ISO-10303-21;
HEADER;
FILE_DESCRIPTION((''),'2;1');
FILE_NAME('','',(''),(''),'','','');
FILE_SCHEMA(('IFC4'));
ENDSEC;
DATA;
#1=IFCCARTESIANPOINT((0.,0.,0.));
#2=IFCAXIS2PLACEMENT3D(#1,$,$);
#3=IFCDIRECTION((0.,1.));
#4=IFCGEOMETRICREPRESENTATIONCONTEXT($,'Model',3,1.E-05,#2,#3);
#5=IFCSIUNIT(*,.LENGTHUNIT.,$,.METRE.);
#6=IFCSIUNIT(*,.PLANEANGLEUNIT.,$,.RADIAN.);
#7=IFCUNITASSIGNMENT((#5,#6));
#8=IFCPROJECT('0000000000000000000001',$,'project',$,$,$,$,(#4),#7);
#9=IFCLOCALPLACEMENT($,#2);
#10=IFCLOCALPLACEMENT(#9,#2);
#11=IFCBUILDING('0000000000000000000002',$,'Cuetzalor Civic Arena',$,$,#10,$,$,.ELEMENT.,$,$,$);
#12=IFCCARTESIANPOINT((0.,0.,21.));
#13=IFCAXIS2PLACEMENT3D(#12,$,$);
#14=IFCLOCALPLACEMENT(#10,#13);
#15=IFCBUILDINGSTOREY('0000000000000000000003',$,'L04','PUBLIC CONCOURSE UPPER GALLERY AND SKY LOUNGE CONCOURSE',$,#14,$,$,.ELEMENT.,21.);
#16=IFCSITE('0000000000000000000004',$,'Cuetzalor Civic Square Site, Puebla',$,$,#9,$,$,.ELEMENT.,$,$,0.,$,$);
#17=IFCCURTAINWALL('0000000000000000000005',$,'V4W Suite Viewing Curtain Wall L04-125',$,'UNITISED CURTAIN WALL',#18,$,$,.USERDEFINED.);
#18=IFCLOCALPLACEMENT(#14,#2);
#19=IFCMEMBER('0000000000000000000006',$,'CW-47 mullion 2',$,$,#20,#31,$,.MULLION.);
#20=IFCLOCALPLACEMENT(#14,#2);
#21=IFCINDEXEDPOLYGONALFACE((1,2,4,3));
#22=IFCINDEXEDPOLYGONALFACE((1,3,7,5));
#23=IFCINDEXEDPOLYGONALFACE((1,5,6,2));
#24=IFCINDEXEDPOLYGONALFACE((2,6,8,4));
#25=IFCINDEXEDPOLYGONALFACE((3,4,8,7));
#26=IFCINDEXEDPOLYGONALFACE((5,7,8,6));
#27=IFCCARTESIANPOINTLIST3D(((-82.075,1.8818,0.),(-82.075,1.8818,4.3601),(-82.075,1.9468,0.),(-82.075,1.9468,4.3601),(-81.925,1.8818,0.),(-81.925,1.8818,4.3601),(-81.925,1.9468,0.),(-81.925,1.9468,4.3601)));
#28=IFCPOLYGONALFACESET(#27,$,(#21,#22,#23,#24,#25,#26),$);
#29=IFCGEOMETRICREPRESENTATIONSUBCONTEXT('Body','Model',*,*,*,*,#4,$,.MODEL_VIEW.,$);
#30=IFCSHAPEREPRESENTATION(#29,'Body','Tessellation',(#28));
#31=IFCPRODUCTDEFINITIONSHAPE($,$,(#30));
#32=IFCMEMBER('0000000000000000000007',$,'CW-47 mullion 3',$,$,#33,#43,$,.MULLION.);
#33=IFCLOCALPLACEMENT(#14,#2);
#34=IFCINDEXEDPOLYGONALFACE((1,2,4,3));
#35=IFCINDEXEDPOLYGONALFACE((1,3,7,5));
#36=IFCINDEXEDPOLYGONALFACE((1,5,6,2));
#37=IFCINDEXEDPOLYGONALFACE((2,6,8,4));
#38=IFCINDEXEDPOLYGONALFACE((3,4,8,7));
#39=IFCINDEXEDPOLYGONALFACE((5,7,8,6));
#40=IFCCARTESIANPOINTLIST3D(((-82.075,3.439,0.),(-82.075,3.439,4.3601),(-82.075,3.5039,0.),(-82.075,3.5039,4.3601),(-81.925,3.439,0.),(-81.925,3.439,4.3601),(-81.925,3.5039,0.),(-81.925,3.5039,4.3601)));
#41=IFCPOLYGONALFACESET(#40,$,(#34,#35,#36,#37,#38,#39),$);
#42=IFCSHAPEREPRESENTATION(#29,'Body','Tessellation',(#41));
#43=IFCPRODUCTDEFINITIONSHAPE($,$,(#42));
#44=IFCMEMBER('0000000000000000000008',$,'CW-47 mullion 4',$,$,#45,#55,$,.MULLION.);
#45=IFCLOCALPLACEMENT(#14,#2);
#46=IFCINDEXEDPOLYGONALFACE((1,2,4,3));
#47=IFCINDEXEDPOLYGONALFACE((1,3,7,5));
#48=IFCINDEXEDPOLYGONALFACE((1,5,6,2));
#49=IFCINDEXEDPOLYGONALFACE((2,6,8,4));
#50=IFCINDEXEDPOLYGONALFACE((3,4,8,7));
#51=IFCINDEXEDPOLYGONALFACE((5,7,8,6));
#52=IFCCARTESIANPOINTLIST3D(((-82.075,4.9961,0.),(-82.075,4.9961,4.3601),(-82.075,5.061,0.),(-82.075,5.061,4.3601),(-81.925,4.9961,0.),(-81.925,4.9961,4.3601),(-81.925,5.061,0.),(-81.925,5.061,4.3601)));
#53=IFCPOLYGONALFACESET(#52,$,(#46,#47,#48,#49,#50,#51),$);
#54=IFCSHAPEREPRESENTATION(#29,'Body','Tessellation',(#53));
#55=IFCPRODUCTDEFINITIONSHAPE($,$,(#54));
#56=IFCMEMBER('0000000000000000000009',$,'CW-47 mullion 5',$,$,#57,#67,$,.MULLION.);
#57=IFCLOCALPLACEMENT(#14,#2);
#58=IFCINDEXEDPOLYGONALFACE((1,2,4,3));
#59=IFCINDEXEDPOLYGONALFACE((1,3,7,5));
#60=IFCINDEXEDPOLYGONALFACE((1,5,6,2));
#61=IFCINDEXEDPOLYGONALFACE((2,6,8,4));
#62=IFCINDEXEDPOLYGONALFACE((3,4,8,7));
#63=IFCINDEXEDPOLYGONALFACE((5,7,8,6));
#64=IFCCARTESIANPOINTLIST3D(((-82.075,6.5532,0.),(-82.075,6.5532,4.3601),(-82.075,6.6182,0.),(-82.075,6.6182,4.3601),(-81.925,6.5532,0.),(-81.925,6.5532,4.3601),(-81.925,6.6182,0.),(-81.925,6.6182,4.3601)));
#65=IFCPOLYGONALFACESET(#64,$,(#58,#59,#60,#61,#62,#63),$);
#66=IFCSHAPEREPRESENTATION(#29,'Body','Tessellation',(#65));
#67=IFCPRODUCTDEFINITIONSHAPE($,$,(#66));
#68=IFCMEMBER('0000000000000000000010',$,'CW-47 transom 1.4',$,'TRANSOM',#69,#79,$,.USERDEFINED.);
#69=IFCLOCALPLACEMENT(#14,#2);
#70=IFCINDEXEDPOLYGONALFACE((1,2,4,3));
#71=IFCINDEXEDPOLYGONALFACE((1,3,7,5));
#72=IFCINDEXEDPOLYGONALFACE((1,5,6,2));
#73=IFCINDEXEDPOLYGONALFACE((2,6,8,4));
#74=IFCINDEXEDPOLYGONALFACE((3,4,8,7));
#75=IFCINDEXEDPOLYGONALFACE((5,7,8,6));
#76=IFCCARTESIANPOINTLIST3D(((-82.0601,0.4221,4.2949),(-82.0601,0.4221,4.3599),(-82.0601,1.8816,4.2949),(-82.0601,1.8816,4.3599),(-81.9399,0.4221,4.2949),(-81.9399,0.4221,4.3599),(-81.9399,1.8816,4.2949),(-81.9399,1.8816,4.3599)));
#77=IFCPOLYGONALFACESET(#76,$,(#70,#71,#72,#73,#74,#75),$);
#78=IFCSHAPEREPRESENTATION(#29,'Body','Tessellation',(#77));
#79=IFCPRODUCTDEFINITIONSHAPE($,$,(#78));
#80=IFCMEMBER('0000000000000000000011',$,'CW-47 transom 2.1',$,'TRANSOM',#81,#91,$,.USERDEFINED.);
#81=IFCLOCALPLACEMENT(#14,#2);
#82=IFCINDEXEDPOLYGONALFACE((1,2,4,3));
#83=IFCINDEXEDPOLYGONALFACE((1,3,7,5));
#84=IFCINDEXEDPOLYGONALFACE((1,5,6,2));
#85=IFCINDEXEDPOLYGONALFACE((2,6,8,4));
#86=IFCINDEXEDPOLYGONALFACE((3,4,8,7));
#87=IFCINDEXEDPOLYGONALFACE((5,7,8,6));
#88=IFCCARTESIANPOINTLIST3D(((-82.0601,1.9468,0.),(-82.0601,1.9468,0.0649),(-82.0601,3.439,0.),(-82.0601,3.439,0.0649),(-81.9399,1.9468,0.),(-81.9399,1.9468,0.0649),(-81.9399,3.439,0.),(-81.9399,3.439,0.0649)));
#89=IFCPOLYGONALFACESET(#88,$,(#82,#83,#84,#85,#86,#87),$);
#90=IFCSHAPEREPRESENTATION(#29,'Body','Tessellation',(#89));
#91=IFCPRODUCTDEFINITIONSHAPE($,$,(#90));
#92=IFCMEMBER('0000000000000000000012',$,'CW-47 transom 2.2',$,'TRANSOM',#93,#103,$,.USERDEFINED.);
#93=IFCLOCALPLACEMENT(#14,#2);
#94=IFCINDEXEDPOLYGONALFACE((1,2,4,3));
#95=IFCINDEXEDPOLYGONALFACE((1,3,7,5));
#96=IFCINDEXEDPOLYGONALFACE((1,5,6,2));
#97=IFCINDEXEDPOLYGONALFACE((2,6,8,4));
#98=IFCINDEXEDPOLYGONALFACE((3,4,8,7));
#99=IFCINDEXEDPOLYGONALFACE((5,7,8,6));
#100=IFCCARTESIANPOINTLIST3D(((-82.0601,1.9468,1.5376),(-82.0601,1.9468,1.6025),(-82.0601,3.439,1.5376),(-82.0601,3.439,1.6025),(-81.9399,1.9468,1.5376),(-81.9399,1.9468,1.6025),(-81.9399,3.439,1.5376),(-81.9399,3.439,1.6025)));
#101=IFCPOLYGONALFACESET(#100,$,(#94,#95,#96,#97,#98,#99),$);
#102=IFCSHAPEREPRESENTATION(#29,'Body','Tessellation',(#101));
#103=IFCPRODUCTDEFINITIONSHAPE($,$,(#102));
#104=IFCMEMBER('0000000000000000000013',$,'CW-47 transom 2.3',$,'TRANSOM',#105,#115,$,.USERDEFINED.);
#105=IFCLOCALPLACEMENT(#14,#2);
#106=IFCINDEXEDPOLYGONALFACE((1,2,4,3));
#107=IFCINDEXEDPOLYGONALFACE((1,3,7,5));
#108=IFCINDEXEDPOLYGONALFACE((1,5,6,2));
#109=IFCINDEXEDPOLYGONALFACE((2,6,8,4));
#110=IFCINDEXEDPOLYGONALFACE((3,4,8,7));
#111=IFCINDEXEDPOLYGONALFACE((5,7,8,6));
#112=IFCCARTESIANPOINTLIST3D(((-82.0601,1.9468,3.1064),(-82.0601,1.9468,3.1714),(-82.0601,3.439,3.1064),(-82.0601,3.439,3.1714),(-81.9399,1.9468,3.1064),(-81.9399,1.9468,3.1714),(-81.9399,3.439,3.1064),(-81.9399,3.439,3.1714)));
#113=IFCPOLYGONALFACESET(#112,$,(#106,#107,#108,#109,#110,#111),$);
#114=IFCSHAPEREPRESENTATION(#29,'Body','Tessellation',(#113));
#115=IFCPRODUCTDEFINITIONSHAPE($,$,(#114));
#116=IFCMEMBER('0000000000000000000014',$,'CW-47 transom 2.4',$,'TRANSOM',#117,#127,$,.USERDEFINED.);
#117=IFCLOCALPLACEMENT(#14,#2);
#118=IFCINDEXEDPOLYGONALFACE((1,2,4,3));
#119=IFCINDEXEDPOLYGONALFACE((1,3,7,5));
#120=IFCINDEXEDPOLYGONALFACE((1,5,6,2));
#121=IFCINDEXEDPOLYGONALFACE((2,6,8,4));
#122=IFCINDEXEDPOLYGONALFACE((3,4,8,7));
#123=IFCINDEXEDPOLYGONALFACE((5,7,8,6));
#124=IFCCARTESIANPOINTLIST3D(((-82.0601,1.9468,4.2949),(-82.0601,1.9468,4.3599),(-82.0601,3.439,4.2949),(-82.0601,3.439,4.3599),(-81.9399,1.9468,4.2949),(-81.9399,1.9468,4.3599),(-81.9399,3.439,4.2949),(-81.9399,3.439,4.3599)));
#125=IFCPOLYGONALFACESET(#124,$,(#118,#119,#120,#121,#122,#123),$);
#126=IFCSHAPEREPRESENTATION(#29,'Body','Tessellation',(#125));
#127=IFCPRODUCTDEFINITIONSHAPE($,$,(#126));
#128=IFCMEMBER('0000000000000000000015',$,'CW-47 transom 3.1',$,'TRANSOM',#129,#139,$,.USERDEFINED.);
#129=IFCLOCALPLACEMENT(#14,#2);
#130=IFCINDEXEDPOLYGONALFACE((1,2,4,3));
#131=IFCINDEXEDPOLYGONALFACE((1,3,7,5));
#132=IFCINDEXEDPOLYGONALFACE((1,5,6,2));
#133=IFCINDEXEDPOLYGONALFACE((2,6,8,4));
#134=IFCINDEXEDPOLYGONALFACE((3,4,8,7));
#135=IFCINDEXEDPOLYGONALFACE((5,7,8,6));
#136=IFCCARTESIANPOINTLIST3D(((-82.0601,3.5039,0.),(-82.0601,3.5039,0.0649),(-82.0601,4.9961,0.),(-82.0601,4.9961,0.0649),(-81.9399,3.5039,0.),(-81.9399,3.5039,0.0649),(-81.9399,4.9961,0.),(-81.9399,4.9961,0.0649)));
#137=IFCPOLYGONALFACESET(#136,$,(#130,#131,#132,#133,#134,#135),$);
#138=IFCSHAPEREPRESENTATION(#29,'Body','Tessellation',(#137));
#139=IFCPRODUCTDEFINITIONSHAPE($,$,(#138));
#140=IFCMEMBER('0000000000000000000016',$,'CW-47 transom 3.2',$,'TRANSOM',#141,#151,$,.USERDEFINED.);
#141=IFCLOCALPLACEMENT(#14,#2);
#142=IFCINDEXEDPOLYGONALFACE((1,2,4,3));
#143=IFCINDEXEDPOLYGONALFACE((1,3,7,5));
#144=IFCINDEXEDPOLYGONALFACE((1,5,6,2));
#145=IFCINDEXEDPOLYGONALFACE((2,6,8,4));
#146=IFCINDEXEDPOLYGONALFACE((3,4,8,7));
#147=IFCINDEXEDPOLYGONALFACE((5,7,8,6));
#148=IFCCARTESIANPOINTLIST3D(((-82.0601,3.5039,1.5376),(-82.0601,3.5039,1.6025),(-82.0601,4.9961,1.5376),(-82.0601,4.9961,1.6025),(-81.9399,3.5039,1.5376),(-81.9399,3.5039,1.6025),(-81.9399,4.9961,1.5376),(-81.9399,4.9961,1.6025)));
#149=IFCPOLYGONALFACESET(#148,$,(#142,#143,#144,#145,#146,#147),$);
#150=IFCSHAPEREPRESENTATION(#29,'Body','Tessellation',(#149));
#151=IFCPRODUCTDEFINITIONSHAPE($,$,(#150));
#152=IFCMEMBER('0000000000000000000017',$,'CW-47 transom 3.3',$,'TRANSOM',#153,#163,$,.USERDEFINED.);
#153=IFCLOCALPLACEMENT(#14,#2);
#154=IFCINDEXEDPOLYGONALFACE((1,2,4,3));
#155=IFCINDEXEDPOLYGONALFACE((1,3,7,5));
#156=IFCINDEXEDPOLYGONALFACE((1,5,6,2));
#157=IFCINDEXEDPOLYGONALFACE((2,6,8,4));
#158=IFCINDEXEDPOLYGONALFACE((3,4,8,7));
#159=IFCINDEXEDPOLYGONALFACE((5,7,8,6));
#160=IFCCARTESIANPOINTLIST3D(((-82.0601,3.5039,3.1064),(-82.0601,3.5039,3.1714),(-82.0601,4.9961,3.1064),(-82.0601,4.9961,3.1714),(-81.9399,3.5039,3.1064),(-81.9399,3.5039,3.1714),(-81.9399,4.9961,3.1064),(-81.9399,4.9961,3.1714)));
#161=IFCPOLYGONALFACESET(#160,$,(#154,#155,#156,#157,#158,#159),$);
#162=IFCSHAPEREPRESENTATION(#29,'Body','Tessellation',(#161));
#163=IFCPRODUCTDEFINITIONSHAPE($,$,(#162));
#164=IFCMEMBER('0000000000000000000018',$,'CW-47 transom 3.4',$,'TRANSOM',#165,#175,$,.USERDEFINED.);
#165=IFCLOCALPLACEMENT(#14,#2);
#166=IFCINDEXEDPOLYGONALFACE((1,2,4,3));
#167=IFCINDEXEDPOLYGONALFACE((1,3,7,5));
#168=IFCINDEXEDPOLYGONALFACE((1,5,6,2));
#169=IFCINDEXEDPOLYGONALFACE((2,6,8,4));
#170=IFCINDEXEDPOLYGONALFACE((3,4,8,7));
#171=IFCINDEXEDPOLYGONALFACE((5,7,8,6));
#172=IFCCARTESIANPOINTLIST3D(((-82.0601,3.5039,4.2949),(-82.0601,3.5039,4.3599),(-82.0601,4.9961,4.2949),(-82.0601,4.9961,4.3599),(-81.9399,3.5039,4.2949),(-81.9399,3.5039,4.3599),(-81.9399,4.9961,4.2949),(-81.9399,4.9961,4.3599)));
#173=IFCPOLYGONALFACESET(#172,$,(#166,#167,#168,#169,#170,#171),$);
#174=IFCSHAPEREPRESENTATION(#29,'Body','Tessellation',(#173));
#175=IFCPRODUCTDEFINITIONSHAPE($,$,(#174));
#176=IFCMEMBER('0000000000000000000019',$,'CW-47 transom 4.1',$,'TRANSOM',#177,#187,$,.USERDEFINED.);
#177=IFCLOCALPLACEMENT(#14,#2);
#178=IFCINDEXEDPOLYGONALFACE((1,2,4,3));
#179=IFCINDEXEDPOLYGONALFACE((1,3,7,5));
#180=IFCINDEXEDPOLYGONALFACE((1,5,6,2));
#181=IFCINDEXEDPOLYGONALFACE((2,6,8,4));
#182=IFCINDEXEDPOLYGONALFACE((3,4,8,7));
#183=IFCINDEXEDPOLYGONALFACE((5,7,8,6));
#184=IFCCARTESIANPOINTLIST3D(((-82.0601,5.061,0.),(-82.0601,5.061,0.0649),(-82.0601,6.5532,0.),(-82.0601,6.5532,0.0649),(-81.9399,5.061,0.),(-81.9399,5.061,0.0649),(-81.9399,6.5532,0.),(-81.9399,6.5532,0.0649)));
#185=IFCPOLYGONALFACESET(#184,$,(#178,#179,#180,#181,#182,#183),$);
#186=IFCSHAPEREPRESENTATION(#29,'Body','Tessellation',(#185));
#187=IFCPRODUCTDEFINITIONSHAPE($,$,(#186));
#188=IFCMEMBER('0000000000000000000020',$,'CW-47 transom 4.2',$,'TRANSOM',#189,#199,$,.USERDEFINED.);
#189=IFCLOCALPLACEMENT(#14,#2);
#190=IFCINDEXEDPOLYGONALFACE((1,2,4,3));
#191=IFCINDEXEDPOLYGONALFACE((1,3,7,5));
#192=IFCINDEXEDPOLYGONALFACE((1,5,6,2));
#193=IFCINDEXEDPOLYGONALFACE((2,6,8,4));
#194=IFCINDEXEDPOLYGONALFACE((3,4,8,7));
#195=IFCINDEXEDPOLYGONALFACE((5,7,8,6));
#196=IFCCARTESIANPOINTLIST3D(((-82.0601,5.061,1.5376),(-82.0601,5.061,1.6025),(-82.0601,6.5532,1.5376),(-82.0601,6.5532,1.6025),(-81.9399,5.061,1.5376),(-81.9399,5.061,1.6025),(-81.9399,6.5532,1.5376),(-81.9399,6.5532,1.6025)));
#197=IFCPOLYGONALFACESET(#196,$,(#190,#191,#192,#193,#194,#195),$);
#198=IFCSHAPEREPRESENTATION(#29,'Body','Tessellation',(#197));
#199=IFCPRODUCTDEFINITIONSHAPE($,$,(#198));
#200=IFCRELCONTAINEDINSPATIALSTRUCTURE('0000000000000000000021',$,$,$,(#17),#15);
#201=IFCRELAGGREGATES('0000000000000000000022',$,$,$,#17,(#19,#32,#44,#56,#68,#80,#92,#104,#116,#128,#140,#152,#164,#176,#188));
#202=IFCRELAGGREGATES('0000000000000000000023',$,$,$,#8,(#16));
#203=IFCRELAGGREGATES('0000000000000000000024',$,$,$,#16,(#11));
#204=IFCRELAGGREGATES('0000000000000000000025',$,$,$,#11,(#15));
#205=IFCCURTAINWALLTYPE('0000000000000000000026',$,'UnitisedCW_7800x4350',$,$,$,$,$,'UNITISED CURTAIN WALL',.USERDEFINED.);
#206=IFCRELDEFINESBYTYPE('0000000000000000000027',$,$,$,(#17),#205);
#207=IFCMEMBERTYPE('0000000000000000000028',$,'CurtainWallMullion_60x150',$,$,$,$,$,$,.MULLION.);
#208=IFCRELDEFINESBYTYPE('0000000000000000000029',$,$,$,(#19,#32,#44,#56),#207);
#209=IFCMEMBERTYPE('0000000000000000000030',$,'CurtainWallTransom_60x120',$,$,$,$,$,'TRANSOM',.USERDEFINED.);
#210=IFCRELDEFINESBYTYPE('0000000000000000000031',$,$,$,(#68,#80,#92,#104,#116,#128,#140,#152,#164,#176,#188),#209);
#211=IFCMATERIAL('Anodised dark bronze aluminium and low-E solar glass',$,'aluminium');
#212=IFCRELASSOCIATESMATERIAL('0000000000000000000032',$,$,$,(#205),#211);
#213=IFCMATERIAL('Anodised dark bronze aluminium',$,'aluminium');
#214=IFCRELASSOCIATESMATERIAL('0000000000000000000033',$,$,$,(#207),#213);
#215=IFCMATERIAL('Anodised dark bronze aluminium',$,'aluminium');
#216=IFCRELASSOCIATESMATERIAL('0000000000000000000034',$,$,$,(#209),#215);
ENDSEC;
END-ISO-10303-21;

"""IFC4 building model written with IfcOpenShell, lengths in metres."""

from ifc_helpers import new_model, si_unit, direction, frame, origin, origin_2d, place, context, subcontext, project, spatial, rectangle, extrude, material, material_profile, profile_set, type_object, element, aggregate, save


model = new_model("IFC4")

# Units and contexts
model_context = context("Model", 3, precision=1e-05, world=origin(), true_north=direction((0.0, 1.0)))
body_context = subcontext(model_context, "Body", "Model", "MODEL_VIEW")
ifc_project = project(units=[si_unit("LENGTHUNIT", "METRE"), si_unit("PLANEANGLEUNIT", "RADIAN")], contexts=[model_context])

# Site, building, storey
site_placement = place(None, origin())
site = spatial("IfcSite", under=ifc_project, at=site_placement, Name="Cuetzalor Civic Square Site, Puebla", CompositionType="ELEMENT", RefElevation=0.0)
building_placement = place(site_placement, origin())
building = spatial("IfcBuilding", under=site, at=building_placement, Name="Cuetzalor Civic Arena", CompositionType="ELEMENT")
storey_placement = place(building_placement, frame((0.0, 0.0, 21.0)))
storey = spatial("IfcBuildingStorey", under=building, at=storey_placement, Name="L04", Description="PUBLIC CONCOURSE UPPER GALLERY AND SKY LOUNGE CONCOURSE", CompositionType="ELEMENT", Elevation=21.0)

# Curtain wall, members
ifc_material_1 = material(Name="Anodised dark bronze aluminium and low-E solar glass", Category="aluminium")
curtain_wall_type = type_object("IfcCurtainWallType", Name="UnitisedCW_7800x4350", ElementType="UNITISED CURTAIN WALL", PredefinedType="USERDEFINED", material=ifc_material_1)
curtain_wall_placement = place(storey_placement, origin())
curtain_wall = element("IfcCurtainWall", 1, at=curtain_wall_placement, inside=storey, type_object=curtain_wall_type, Name="V4W Suite Viewing Curtain Wall L04-125", ObjectType="UNITISED CURTAIN WALL", PredefinedType="USERDEFINED")
ifc_material_2 = material(Name="Anodised dark bronze aluminium", Category="aluminium")
ifc_material_profile_1 = material_profile(ifc_material_2, rectangle(XDim=0.0649, YDim=0.1499, at=origin_2d()), Name="ALU MULLION 65x150")
ifc_profile_set_1 = profile_set([ifc_material_profile_1], Name="Anodised dark bronze aluminium")
member_type_1 = type_object("IfcMemberType", Name="CurtainWallMullion_60x150", PredefinedType="MULLION", material=ifc_profile_set_1)
member_1_placement = place(storey_placement, frame((-82.0, 1.9143, 0.0), z_axis=(0.0, 0.0, 1.0), x_axis=(0.0, 1.0, 0.0)))
member_1 = element("IfcMember", 2, at=member_1_placement, type_object=member_type_1, Name="CW-47 mullion 2", PredefinedType="MULLION", context=body_context, shape_type="SweptSolid", body=[
    extrude(rectangle(XDim=0.0649, YDim=0.1499, at=origin_2d()), origin(), (0.0, 0.0, 1.0), 4.3601),
])
member_2_placement = place(storey_placement, frame((-82.0, 3.4714, 0.0), z_axis=(0.0, 0.0, 1.0), x_axis=(0.0, 1.0, 0.0)))
member_2 = element("IfcMember", 3, at=member_2_placement, type_object=member_type_1, Name="CW-47 mullion 3", PredefinedType="MULLION", context=body_context, shape_type="SweptSolid", body=[
    extrude(rectangle(XDim=0.0649, YDim=0.1499, at=origin_2d()), origin(), (0.0, 0.0, 1.0), 4.3601),
])
member_3_placement = place(storey_placement, frame((-82.0, 5.0286, 0.0), z_axis=(0.0, 0.0, 1.0), x_axis=(0.0, 1.0, 0.0)))
member_3 = element("IfcMember", 4, at=member_3_placement, type_object=member_type_1, Name="CW-47 mullion 4", PredefinedType="MULLION", context=body_context, shape_type="SweptSolid", body=[
    extrude(rectangle(XDim=0.0649, YDim=0.1499, at=origin_2d()), origin(), (0.0, 0.0, 1.0), 4.3601),
])
member_4_placement = place(storey_placement, frame((-82.0, 6.5857, 0.0), z_axis=(0.0, 0.0, 1.0), x_axis=(0.0, 1.0, 0.0)))
member_4 = element("IfcMember", 5, at=member_4_placement, type_object=member_type_1, Name="CW-47 mullion 5", PredefinedType="MULLION", context=body_context, shape_type="SweptSolid", body=[
    extrude(rectangle(XDim=0.0649, YDim=0.1499, at=origin_2d()), origin(), (0.0, 0.0, 1.0), 4.3601),
])
ifc_material_3 = material(Name="Anodised dark bronze aluminium", Category="aluminium")
ifc_material_profile_2 = material_profile(ifc_material_3, rectangle(XDim=0.1201, YDim=0.0649, at=origin_2d()), Name="ALU TRANSOM 65x120")
ifc_profile_set_2 = profile_set([ifc_material_profile_2], Name="Anodised dark bronze aluminium")
member_type_2 = type_object("IfcMemberType", Name="CurtainWallTransom_60x120", ElementType="TRANSOM", PredefinedType="USERDEFINED", material=ifc_profile_set_2)
member_5_placement = place(storey_placement, frame((-82.0, 0.4221, 4.3274), z_axis=(0.0, 1.0, 0.0), x_axis=(-1.0, 0.0, 0.0)))
member_5 = element("IfcMember", 6, at=member_5_placement, type_object=member_type_2, Name="CW-47 transom 1.4", ObjectType="TRANSOM", PredefinedType="USERDEFINED", context=body_context, shape_type="SweptSolid", body=[
    extrude(rectangle(XDim=0.1201, YDim=0.0649, at=origin_2d()), origin(), (0.0, 0.0, 1.0), 1.4595),
])
member_6_placement = place(storey_placement, frame((-82.0, 1.9468, 0.0325), z_axis=(0.0, 1.0, 0.0), x_axis=(-1.0, 0.0, 0.0)))
member_6 = element("IfcMember", 7, at=member_6_placement, type_object=member_type_2, Name="CW-47 transom 2.1", ObjectType="TRANSOM", PredefinedType="USERDEFINED", context=body_context, shape_type="SweptSolid", body=[
    extrude(rectangle(XDim=0.1201, YDim=0.0649, at=origin_2d()), origin(), (0.0, 0.0, 1.0), 1.4922),
])
member_7_placement = place(storey_placement, frame((-82.0, 1.9468, 1.5701), z_axis=(0.0, 1.0, 0.0), x_axis=(-1.0, 0.0, 0.0)))
member_7 = element("IfcMember", 8, at=member_7_placement, type_object=member_type_2, Name="CW-47 transom 2.2", ObjectType="TRANSOM", PredefinedType="USERDEFINED", context=body_context, shape_type="SweptSolid", body=[
    extrude(rectangle(XDim=0.1201, YDim=0.0649, at=origin_2d()), origin(), (0.0, 0.0, 1.0), 1.4922),
])
member_8_placement = place(storey_placement, frame((-82.0, 1.9468, 3.1389), z_axis=(0.0, 1.0, 0.0), x_axis=(-1.0, 0.0, 0.0)))
member_8 = element("IfcMember", 9, at=member_8_placement, type_object=member_type_2, Name="CW-47 transom 2.3", ObjectType="TRANSOM", PredefinedType="USERDEFINED", context=body_context, shape_type="SweptSolid", body=[
    extrude(rectangle(XDim=0.1201, YDim=0.0649, at=origin_2d()), origin(), (0.0, 0.0, 1.0), 1.4922),
])
member_9_placement = place(storey_placement, frame((-82.0, 1.9468, 4.3274), z_axis=(0.0, 1.0, 0.0), x_axis=(-1.0, 0.0, 0.0)))
member_9 = element("IfcMember", 10, at=member_9_placement, type_object=member_type_2, Name="CW-47 transom 2.4", ObjectType="TRANSOM", PredefinedType="USERDEFINED", context=body_context, shape_type="SweptSolid", body=[
    extrude(rectangle(XDim=0.1201, YDim=0.0649, at=origin_2d()), origin(), (0.0, 0.0, 1.0), 1.4922),
])
member_10_placement = place(storey_placement, frame((-82.0, 3.5039, 0.0325), z_axis=(0.0, 1.0, 0.0), x_axis=(-1.0, 0.0, 0.0)))
member_10 = element("IfcMember", 11, at=member_10_placement, type_object=member_type_2, Name="CW-47 transom 3.1", ObjectType="TRANSOM", PredefinedType="USERDEFINED", context=body_context, shape_type="SweptSolid", body=[
    extrude(rectangle(XDim=0.1201, YDim=0.0649, at=origin_2d()), origin(), (0.0, 0.0, 1.0), 1.4922),
])
member_11_placement = place(storey_placement, frame((-82.0, 3.5039, 1.5701), z_axis=(0.0, 1.0, 0.0), x_axis=(-1.0, 0.0, 0.0)))
member_11 = element("IfcMember", 12, at=member_11_placement, type_object=member_type_2, Name="CW-47 transom 3.2", ObjectType="TRANSOM", PredefinedType="USERDEFINED", context=body_context, shape_type="SweptSolid", body=[
    extrude(rectangle(XDim=0.1201, YDim=0.0649, at=origin_2d()), origin(), (0.0, 0.0, 1.0), 1.4922),
])
member_12_placement = place(storey_placement, frame((-82.0, 3.5039, 3.1389), z_axis=(0.0, 1.0, 0.0), x_axis=(-1.0, 0.0, 0.0)))
member_12 = element("IfcMember", 13, at=member_12_placement, type_object=member_type_2, Name="CW-47 transom 3.3", ObjectType="TRANSOM", PredefinedType="USERDEFINED", context=body_context, shape_type="SweptSolid", body=[
    extrude(rectangle(XDim=0.1201, YDim=0.0649, at=origin_2d()), origin(), (0.0, 0.0, 1.0), 1.4922),
])
member_13_placement = place(storey_placement, frame((-82.0, 3.5039, 4.3274), z_axis=(0.0, 1.0, 0.0), x_axis=(-1.0, 0.0, 0.0)))
member_13 = element("IfcMember", 14, at=member_13_placement, type_object=member_type_2, Name="CW-47 transom 3.4", ObjectType="TRANSOM", PredefinedType="USERDEFINED", context=body_context, shape_type="SweptSolid", body=[
    extrude(rectangle(XDim=0.1201, YDim=0.0649, at=origin_2d()), origin(), (0.0, 0.0, 1.0), 1.4922),
])
member_14_placement = place(storey_placement, frame((-82.0, 5.061, 0.0325), z_axis=(0.0, 1.0, 0.0), x_axis=(-1.0, 0.0, 0.0)))
member_14 = element("IfcMember", 15, at=member_14_placement, type_object=member_type_2, Name="CW-47 transom 4.1", ObjectType="TRANSOM", PredefinedType="USERDEFINED", context=body_context, shape_type="SweptSolid", body=[
    extrude(rectangle(XDim=0.1201, YDim=0.0649, at=origin_2d()), origin(), (0.0, 0.0, 1.0), 1.4922),
])
member_15_placement = place(storey_placement, frame((-82.0, 5.061, 1.5701), z_axis=(0.0, 1.0, 0.0), x_axis=(-1.0, 0.0, 0.0)))
member_15 = element("IfcMember", 16, at=member_15_placement, type_object=member_type_2, Name="CW-47 transom 4.2", ObjectType="TRANSOM", PredefinedType="USERDEFINED", context=body_context, shape_type="SweptSolid", body=[
    extrude(rectangle(XDim=0.1201, YDim=0.0649, at=origin_2d()), origin(), (0.0, 0.0, 1.0), 1.4922),
])
aggregate(curtain_wall, [member_1, member_2, member_3, member_4, member_5, member_6, member_7, member_8, member_9, member_10, member_11, member_12, member_13, member_14, member_15])

save(model, "model.ifc")
